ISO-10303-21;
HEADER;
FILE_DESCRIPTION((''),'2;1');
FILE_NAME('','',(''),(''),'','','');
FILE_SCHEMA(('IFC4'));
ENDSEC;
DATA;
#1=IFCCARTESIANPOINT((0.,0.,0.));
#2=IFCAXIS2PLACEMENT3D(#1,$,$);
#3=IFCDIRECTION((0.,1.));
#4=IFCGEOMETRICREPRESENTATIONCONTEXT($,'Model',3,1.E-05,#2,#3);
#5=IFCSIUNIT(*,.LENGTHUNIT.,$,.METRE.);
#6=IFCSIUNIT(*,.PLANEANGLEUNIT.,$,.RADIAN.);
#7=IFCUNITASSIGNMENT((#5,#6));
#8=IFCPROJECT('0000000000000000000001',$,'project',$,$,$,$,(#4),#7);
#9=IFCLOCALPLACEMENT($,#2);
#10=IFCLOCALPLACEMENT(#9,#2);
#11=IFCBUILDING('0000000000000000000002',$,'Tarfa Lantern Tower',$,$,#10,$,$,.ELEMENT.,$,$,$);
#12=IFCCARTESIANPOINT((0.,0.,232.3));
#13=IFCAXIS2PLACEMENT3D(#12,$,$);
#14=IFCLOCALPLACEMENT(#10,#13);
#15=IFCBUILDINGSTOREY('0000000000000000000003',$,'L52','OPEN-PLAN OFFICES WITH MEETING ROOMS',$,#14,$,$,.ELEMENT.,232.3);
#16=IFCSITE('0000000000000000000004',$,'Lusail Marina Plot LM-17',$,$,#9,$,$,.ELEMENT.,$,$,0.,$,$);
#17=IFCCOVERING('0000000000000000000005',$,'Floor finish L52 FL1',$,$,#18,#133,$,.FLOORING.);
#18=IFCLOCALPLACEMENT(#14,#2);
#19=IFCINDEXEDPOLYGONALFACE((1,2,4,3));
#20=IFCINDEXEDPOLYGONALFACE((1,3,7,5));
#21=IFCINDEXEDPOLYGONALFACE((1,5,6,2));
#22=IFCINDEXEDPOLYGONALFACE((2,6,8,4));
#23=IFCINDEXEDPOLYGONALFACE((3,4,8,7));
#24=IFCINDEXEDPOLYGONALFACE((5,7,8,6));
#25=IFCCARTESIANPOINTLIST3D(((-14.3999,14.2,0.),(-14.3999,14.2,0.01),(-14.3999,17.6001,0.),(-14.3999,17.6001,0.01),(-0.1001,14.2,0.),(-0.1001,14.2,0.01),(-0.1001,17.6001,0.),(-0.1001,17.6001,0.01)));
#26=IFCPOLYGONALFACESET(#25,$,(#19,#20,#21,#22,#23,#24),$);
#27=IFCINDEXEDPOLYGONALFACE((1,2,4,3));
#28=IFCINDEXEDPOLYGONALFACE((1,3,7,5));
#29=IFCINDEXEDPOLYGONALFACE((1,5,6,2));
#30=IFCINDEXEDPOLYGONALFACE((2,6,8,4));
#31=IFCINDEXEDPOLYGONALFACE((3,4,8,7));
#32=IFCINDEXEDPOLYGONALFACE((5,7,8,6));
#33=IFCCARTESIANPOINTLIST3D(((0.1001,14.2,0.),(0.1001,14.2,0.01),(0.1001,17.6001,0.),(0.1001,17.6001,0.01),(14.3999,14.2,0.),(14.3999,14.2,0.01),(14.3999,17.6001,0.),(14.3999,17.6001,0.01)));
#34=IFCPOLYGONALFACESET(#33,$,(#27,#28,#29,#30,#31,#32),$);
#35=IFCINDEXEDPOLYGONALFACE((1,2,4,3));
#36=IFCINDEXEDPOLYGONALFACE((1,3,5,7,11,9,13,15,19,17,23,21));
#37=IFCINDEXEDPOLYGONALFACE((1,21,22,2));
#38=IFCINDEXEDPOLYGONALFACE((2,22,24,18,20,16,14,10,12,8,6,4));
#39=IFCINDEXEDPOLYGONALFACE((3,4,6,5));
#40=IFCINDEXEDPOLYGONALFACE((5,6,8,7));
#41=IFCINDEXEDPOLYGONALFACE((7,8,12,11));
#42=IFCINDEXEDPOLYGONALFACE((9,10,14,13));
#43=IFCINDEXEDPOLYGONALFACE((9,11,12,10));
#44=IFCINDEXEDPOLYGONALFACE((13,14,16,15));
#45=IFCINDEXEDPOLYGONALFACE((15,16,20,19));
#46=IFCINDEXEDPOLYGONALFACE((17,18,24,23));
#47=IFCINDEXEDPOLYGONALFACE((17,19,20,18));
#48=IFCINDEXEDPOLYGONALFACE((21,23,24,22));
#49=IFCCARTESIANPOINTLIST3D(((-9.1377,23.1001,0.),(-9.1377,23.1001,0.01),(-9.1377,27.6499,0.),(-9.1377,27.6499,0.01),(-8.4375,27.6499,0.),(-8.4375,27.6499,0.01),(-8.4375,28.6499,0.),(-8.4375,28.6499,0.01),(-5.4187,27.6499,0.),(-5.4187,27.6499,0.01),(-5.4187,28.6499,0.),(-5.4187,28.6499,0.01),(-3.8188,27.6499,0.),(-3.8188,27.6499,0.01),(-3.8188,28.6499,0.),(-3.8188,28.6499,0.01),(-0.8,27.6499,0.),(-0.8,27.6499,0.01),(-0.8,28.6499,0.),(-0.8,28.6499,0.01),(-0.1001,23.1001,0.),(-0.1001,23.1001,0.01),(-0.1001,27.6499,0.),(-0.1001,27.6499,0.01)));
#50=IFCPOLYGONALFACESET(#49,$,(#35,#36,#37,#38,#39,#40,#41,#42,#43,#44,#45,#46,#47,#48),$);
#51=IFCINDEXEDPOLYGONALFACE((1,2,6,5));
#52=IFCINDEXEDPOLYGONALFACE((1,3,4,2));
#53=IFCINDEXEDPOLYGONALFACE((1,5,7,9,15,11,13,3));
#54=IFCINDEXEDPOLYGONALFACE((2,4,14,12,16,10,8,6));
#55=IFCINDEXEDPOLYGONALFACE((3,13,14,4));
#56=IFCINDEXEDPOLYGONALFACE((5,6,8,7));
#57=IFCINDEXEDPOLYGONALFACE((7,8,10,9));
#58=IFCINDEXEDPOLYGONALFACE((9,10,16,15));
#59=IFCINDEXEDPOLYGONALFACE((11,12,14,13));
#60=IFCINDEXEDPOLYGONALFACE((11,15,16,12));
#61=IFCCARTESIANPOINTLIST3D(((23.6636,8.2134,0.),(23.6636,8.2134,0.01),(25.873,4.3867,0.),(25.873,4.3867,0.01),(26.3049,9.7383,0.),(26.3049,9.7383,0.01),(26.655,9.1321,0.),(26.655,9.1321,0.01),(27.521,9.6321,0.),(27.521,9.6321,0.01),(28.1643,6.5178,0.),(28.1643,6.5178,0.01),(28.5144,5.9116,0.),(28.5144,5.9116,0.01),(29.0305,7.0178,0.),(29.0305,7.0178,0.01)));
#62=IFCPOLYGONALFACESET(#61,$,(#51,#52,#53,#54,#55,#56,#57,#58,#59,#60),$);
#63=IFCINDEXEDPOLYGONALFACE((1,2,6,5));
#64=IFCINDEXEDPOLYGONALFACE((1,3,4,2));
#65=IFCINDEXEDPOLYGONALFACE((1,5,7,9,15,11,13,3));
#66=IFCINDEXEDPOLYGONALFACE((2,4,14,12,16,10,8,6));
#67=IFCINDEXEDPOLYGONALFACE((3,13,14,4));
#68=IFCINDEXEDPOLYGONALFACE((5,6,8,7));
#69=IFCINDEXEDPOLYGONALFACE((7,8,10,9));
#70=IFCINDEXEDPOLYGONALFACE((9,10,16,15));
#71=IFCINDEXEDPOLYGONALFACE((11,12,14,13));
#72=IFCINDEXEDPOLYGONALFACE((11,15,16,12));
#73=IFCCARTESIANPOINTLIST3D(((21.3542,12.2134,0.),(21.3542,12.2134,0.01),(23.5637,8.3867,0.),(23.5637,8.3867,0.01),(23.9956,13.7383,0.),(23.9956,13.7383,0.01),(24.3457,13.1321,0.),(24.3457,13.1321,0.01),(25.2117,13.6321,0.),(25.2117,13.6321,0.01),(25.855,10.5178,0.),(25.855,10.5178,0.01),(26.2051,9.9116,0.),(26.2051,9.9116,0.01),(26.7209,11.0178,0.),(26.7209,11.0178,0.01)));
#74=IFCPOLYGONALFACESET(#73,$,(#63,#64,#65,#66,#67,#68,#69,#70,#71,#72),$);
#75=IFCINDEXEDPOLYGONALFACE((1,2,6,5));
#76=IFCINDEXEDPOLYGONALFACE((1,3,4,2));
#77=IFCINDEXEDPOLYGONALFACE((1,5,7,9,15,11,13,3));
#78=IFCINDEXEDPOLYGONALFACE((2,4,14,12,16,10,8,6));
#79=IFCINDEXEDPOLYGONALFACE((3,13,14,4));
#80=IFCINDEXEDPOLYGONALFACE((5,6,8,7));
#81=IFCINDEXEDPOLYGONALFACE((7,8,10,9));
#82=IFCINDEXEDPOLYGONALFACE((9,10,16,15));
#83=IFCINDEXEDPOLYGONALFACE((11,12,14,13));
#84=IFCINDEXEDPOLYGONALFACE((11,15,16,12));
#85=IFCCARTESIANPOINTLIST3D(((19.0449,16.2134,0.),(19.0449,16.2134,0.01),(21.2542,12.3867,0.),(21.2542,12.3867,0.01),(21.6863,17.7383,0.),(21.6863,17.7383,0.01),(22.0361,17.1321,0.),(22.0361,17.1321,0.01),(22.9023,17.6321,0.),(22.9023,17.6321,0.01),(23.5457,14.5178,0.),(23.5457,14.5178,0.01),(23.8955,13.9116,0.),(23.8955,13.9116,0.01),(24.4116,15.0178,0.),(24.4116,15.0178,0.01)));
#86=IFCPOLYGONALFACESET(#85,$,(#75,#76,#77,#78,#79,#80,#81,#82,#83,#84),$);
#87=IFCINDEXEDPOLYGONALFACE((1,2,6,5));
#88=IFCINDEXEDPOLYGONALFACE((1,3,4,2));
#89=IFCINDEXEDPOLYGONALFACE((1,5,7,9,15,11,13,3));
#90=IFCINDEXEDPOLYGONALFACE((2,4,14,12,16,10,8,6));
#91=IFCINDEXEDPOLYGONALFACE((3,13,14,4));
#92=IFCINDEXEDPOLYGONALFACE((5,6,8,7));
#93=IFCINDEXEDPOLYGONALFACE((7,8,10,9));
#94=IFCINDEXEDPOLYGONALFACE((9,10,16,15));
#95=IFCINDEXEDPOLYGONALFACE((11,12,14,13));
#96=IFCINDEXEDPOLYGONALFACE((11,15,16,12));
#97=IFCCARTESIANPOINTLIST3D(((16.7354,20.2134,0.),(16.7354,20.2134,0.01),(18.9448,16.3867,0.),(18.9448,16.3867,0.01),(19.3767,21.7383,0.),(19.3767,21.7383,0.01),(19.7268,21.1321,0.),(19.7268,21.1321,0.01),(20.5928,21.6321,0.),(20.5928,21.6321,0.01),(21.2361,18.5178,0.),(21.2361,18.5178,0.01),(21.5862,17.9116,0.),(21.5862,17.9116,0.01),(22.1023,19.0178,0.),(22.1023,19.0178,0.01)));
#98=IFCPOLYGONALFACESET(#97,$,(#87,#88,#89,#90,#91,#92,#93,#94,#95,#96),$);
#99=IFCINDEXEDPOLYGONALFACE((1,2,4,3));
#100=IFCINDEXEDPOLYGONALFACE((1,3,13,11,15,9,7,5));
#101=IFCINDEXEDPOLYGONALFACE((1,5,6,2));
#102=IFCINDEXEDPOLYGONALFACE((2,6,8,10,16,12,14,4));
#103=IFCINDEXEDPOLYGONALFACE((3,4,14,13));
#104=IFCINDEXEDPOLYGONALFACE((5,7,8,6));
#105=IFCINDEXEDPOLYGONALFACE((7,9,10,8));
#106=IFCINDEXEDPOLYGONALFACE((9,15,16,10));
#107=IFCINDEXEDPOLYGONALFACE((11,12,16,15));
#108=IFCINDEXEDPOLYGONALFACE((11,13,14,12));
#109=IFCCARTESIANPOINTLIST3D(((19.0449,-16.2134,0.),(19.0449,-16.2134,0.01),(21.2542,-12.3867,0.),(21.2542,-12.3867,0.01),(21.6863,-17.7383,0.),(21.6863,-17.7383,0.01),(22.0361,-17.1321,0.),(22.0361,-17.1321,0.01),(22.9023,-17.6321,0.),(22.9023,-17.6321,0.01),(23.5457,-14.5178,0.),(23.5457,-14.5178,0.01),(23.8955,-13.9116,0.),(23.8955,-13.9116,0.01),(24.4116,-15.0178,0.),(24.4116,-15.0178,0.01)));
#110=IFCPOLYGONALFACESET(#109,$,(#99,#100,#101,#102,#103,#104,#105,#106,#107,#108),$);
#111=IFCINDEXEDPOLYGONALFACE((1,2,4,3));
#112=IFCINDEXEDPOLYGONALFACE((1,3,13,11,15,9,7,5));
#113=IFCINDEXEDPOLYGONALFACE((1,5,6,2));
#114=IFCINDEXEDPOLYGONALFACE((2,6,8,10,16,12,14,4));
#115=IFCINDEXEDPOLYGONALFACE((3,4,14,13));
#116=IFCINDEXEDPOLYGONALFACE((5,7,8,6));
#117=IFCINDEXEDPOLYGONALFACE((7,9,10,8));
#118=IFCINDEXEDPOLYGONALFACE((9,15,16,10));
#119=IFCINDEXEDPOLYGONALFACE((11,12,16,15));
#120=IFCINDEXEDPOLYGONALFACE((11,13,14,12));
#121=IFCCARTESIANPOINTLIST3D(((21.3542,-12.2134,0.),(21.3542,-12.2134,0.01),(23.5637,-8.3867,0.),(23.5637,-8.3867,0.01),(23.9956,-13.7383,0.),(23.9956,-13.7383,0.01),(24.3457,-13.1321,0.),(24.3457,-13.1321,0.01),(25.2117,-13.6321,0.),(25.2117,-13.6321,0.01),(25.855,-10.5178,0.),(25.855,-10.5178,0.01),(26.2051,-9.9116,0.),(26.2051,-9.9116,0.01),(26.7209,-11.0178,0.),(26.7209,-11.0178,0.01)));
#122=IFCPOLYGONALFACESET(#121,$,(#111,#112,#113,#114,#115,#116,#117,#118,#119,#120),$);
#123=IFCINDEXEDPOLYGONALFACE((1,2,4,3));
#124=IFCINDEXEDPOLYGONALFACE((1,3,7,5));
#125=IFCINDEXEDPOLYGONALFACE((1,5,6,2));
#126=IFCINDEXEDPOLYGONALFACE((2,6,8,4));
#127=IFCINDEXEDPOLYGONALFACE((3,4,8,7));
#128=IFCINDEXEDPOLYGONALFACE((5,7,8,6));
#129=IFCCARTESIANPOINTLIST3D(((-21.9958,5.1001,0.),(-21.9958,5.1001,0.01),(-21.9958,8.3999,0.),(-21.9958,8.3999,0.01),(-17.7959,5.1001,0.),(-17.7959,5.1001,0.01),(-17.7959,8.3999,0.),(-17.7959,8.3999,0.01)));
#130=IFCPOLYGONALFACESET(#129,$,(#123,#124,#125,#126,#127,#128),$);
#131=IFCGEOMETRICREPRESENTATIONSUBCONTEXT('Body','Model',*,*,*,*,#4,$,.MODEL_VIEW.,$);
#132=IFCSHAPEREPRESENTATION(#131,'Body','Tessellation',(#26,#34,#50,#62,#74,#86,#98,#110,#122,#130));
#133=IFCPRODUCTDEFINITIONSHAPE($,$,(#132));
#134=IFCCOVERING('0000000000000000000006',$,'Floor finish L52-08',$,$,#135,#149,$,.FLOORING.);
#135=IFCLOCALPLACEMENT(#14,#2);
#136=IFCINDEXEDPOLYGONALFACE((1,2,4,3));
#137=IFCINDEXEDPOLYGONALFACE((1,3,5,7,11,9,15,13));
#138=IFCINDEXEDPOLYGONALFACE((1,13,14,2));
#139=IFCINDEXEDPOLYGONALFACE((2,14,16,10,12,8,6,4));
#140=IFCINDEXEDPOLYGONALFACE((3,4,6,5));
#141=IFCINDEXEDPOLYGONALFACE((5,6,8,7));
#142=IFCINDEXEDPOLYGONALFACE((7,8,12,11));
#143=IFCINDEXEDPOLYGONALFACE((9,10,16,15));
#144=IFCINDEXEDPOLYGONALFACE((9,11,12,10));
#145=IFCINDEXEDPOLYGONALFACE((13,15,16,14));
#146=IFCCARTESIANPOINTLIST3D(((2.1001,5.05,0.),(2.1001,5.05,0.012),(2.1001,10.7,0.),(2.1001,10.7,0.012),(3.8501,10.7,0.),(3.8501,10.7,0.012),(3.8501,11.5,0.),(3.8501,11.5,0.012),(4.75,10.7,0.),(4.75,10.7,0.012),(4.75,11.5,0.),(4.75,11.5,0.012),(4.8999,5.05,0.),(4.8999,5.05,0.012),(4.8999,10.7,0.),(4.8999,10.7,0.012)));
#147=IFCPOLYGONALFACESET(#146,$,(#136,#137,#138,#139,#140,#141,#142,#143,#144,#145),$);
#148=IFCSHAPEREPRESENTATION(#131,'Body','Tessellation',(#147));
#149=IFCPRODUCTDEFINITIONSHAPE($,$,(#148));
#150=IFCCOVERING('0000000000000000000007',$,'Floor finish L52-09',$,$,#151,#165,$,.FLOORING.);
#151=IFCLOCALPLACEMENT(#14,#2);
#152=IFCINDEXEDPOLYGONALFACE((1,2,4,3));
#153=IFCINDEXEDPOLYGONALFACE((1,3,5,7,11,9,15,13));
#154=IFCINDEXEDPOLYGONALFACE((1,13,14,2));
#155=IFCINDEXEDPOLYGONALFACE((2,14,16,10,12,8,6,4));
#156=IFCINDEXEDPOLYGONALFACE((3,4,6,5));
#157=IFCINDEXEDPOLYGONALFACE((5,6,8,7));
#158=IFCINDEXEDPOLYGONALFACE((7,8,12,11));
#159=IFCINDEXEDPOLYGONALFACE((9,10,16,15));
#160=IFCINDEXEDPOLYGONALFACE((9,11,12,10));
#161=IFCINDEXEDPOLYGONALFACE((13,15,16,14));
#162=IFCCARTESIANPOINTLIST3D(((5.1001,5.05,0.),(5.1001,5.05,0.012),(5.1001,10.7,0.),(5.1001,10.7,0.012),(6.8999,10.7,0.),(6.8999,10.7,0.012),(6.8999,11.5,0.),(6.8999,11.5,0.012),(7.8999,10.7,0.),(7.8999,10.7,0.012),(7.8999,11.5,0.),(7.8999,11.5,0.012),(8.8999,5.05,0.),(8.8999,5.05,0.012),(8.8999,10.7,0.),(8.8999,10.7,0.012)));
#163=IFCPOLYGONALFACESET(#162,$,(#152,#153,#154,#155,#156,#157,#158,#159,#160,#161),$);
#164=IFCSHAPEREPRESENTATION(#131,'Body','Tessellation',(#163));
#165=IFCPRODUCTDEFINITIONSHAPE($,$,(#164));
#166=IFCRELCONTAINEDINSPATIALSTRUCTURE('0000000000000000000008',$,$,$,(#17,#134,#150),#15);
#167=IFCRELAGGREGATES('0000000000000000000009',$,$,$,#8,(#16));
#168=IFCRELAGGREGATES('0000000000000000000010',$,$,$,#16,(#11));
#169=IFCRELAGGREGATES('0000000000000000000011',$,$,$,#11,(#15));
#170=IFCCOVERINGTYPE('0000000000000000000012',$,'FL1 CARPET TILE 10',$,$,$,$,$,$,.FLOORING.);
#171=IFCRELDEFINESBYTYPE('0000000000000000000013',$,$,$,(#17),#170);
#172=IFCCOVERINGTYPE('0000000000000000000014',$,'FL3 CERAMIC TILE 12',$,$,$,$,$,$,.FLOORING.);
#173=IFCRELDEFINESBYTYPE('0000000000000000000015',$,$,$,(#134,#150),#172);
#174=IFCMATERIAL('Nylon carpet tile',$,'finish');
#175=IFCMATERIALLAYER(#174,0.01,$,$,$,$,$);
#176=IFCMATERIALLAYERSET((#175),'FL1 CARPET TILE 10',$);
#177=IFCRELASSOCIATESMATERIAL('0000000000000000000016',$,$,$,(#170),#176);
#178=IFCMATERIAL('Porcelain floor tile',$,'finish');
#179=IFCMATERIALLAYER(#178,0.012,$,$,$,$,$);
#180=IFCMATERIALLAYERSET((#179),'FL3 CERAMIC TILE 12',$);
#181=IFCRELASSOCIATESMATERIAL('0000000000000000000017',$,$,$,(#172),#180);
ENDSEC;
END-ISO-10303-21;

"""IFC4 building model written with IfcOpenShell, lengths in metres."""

from ifc_helpers import new_model, si_unit, direction, frame, origin, place, context, subcontext, project, spatial, polyline, outline, extrude, material, layer, layer_set, type_object, element, save


model = new_model("IFC4")

# Units and contexts
model_context = context("Model", 3, precision=1e-05, world=origin(), true_north=direction((0.0, 1.0)))
body_context = subcontext(model_context, "Body", "Model", "MODEL_VIEW")
ifc_project = project(units=[si_unit("LENGTHUNIT", "METRE"), si_unit("PLANEANGLEUNIT", "RADIAN")], contexts=[model_context])

# Site, building, storey
site_placement = place(None, origin())
site = spatial("IfcSite", under=ifc_project, at=site_placement, Name="Lusail Marina Plot LM-17", CompositionType="ELEMENT", RefElevation=0.0)
building_placement = place(site_placement, origin())
building = spatial("IfcBuilding", under=site, at=building_placement, Name="Tarfa Lantern Tower", CompositionType="ELEMENT")
storey_placement = place(building_placement, frame((0.0, 0.0, 232.3)))
storey = spatial("IfcBuildingStorey", under=building, at=storey_placement, Name="L52", Description="OPEN-PLAN OFFICES WITH MEETING ROOMS", CompositionType="ELEMENT", Elevation=232.3)

# Coverings
ifc_material_1 = material(Name="Nylon carpet tile", Category="finish")
ifc_layer_1 = layer(ifc_material_1, 0.01)
ifc_layer_set_1 = layer_set([ifc_layer_1], Name="FL1 CARPET TILE 10")
covering_type_1 = type_object("IfcCoveringType", Name="FL1 CARPET TILE 10", PredefinedType="FLOORING", material=ifc_layer_set_1)
covering_1_placement = place(storey_placement, origin())
element("IfcCovering", 1, at=covering_1_placement, inside=storey, type_object=covering_type_1, Name="Floor finish L52 FL1", PredefinedType="FLOORING", context=body_context, shape_type="SweptSolid", body=[
    extrude(outline(polyline([(-14.3999, 17.6001), (-0.1001, 17.6001), (-0.1001, 14.2), (-14.3999, 14.2), (-14.3999, 17.6001)])), origin(), (0.0, 0.0, 1.0), 0.01),
    extrude(outline(polyline([(0.1001, 17.6001), (14.3999, 17.6001), (14.3999, 14.2), (0.1001, 14.2), (0.1001, 17.6001)])), origin(), (0.0, 0.0, 1.0), 0.01),
    extrude(outline(polyline([(-0.1001, 23.1001), (-9.1377, 23.1001), (-9.1377, 27.6499), (-8.4375, 27.6499), (-8.4375, 28.6499), (-5.4187, 28.6499), (-5.4187, 27.6499), (-3.8188, 27.6499), (-3.8188, 28.6499), (-0.8, 28.6499), (-0.8, 27.6499), (-0.1001, 27.6499), (-0.1001, 23.1001)])), origin(), (0.0, 0.0, 1.0), 0.01),
    extrude(outline(polyline([(23.6636, 8.2134), (26.3049, 9.7383), (26.655, 9.1321), (27.521, 9.6321), (29.0305, 7.0178), (28.1643, 6.5178), (28.5144, 5.9116), (25.873, 4.3867), (23.6636, 8.2134)])), origin(), (0.0, 0.0, 1.0), 0.01),
    extrude(outline(polyline([(21.3542, 12.2134), (23.9956, 13.7383), (24.3457, 13.1321), (25.2117, 13.6321), (26.7209, 11.0178), (25.855, 10.5178), (26.2051, 9.9116), (23.5637, 8.3867), (21.3542, 12.2134)])), origin(), (0.0, 0.0, 1.0), 0.01),
    extrude(outline(polyline([(19.0449, 16.2134), (21.6863, 17.7383), (22.0361, 17.1321), (22.9023, 17.6321), (24.4116, 15.0178), (23.5457, 14.5178), (23.8955, 13.9116), (21.2542, 12.3867), (19.0449, 16.2134)])), origin(), (0.0, 0.0, 1.0), 0.01),
    extrude(outline(polyline([(16.7354, 20.2134), (19.3767, 21.7383), (19.7268, 21.1321), (20.5928, 21.6321), (22.1023, 19.0178), (21.2361, 18.5178), (21.5862, 17.9116), (18.9448, 16.3867), (16.7354, 20.2134)])), origin(), (0.0, 0.0, 1.0), 0.01),
    extrude(outline(polyline([(21.2542, -12.3867), (23.8955, -13.9116), (23.5457, -14.5178), (24.4116, -15.0178), (22.9023, -17.6321), (22.0361, -17.1321), (21.6863, -17.7383), (19.0449, -16.2134), (21.2542, -12.3867)])), origin(), (0.0, 0.0, 1.0), 0.01),
    extrude(outline(polyline([(23.5637, -8.3867), (26.2051, -9.9116), (25.855, -10.5178), (26.7209, -11.0178), (25.2117, -13.6321), (24.3457, -13.1321), (23.9956, -13.7383), (21.3542, -12.2134), (23.5637, -8.3867)])), origin(), (0.0, 0.0, 1.0), 0.01),
    extrude(outline(polyline([(-21.9958, 8.3999), (-17.7959, 8.3999), (-17.7959, 5.1001), (-21.9958, 5.1001), (-21.9958, 8.3999)])), origin(), (0.0, 0.0, 1.0), 0.01),
])
ifc_material_2 = material(Name="Porcelain floor tile", Category="finish")
ifc_layer_2 = layer(ifc_material_2, 0.012)
ifc_layer_set_2 = layer_set([ifc_layer_2], Name="FL3 CERAMIC TILE 12")
covering_type_2 = type_object("IfcCoveringType", Name="FL3 CERAMIC TILE 12", PredefinedType="FLOORING", material=ifc_layer_set_2)
covering_2_placement = place(storey_placement, origin())
element("IfcCovering", 2, at=covering_2_placement, inside=storey, type_object=covering_type_2, Name="Floor finish L52-08", PredefinedType="FLOORING", context=body_context, shape_type="SweptSolid", body=[
    extrude(outline(polyline([(2.1001, 5.05), (4.8999, 5.05), (4.8999, 10.7), (4.75, 10.7), (4.75, 11.5), (3.8501, 11.5), (3.8501, 10.7), (2.1001, 10.7), (2.1001, 5.05)])), origin(), (0.0, 0.0, 1.0), 0.012),
])
covering_3_placement = place(storey_placement, origin())
element("IfcCovering", 3, at=covering_3_placement, inside=storey, type_object=covering_type_2, Name="Floor finish L52-09", PredefinedType="FLOORING", context=body_context, shape_type="SweptSolid", body=[
    extrude(outline(polyline([(5.1001, 5.05), (8.8999, 5.05), (8.8999, 10.7), (7.8999, 10.7), (7.8999, 11.5), (6.8999, 11.5), (6.8999, 10.7), (5.1001, 10.7), (5.1001, 5.05)])), origin(), (0.0, 0.0, 1.0), 0.012),
])

save(model, "model.ifc")
